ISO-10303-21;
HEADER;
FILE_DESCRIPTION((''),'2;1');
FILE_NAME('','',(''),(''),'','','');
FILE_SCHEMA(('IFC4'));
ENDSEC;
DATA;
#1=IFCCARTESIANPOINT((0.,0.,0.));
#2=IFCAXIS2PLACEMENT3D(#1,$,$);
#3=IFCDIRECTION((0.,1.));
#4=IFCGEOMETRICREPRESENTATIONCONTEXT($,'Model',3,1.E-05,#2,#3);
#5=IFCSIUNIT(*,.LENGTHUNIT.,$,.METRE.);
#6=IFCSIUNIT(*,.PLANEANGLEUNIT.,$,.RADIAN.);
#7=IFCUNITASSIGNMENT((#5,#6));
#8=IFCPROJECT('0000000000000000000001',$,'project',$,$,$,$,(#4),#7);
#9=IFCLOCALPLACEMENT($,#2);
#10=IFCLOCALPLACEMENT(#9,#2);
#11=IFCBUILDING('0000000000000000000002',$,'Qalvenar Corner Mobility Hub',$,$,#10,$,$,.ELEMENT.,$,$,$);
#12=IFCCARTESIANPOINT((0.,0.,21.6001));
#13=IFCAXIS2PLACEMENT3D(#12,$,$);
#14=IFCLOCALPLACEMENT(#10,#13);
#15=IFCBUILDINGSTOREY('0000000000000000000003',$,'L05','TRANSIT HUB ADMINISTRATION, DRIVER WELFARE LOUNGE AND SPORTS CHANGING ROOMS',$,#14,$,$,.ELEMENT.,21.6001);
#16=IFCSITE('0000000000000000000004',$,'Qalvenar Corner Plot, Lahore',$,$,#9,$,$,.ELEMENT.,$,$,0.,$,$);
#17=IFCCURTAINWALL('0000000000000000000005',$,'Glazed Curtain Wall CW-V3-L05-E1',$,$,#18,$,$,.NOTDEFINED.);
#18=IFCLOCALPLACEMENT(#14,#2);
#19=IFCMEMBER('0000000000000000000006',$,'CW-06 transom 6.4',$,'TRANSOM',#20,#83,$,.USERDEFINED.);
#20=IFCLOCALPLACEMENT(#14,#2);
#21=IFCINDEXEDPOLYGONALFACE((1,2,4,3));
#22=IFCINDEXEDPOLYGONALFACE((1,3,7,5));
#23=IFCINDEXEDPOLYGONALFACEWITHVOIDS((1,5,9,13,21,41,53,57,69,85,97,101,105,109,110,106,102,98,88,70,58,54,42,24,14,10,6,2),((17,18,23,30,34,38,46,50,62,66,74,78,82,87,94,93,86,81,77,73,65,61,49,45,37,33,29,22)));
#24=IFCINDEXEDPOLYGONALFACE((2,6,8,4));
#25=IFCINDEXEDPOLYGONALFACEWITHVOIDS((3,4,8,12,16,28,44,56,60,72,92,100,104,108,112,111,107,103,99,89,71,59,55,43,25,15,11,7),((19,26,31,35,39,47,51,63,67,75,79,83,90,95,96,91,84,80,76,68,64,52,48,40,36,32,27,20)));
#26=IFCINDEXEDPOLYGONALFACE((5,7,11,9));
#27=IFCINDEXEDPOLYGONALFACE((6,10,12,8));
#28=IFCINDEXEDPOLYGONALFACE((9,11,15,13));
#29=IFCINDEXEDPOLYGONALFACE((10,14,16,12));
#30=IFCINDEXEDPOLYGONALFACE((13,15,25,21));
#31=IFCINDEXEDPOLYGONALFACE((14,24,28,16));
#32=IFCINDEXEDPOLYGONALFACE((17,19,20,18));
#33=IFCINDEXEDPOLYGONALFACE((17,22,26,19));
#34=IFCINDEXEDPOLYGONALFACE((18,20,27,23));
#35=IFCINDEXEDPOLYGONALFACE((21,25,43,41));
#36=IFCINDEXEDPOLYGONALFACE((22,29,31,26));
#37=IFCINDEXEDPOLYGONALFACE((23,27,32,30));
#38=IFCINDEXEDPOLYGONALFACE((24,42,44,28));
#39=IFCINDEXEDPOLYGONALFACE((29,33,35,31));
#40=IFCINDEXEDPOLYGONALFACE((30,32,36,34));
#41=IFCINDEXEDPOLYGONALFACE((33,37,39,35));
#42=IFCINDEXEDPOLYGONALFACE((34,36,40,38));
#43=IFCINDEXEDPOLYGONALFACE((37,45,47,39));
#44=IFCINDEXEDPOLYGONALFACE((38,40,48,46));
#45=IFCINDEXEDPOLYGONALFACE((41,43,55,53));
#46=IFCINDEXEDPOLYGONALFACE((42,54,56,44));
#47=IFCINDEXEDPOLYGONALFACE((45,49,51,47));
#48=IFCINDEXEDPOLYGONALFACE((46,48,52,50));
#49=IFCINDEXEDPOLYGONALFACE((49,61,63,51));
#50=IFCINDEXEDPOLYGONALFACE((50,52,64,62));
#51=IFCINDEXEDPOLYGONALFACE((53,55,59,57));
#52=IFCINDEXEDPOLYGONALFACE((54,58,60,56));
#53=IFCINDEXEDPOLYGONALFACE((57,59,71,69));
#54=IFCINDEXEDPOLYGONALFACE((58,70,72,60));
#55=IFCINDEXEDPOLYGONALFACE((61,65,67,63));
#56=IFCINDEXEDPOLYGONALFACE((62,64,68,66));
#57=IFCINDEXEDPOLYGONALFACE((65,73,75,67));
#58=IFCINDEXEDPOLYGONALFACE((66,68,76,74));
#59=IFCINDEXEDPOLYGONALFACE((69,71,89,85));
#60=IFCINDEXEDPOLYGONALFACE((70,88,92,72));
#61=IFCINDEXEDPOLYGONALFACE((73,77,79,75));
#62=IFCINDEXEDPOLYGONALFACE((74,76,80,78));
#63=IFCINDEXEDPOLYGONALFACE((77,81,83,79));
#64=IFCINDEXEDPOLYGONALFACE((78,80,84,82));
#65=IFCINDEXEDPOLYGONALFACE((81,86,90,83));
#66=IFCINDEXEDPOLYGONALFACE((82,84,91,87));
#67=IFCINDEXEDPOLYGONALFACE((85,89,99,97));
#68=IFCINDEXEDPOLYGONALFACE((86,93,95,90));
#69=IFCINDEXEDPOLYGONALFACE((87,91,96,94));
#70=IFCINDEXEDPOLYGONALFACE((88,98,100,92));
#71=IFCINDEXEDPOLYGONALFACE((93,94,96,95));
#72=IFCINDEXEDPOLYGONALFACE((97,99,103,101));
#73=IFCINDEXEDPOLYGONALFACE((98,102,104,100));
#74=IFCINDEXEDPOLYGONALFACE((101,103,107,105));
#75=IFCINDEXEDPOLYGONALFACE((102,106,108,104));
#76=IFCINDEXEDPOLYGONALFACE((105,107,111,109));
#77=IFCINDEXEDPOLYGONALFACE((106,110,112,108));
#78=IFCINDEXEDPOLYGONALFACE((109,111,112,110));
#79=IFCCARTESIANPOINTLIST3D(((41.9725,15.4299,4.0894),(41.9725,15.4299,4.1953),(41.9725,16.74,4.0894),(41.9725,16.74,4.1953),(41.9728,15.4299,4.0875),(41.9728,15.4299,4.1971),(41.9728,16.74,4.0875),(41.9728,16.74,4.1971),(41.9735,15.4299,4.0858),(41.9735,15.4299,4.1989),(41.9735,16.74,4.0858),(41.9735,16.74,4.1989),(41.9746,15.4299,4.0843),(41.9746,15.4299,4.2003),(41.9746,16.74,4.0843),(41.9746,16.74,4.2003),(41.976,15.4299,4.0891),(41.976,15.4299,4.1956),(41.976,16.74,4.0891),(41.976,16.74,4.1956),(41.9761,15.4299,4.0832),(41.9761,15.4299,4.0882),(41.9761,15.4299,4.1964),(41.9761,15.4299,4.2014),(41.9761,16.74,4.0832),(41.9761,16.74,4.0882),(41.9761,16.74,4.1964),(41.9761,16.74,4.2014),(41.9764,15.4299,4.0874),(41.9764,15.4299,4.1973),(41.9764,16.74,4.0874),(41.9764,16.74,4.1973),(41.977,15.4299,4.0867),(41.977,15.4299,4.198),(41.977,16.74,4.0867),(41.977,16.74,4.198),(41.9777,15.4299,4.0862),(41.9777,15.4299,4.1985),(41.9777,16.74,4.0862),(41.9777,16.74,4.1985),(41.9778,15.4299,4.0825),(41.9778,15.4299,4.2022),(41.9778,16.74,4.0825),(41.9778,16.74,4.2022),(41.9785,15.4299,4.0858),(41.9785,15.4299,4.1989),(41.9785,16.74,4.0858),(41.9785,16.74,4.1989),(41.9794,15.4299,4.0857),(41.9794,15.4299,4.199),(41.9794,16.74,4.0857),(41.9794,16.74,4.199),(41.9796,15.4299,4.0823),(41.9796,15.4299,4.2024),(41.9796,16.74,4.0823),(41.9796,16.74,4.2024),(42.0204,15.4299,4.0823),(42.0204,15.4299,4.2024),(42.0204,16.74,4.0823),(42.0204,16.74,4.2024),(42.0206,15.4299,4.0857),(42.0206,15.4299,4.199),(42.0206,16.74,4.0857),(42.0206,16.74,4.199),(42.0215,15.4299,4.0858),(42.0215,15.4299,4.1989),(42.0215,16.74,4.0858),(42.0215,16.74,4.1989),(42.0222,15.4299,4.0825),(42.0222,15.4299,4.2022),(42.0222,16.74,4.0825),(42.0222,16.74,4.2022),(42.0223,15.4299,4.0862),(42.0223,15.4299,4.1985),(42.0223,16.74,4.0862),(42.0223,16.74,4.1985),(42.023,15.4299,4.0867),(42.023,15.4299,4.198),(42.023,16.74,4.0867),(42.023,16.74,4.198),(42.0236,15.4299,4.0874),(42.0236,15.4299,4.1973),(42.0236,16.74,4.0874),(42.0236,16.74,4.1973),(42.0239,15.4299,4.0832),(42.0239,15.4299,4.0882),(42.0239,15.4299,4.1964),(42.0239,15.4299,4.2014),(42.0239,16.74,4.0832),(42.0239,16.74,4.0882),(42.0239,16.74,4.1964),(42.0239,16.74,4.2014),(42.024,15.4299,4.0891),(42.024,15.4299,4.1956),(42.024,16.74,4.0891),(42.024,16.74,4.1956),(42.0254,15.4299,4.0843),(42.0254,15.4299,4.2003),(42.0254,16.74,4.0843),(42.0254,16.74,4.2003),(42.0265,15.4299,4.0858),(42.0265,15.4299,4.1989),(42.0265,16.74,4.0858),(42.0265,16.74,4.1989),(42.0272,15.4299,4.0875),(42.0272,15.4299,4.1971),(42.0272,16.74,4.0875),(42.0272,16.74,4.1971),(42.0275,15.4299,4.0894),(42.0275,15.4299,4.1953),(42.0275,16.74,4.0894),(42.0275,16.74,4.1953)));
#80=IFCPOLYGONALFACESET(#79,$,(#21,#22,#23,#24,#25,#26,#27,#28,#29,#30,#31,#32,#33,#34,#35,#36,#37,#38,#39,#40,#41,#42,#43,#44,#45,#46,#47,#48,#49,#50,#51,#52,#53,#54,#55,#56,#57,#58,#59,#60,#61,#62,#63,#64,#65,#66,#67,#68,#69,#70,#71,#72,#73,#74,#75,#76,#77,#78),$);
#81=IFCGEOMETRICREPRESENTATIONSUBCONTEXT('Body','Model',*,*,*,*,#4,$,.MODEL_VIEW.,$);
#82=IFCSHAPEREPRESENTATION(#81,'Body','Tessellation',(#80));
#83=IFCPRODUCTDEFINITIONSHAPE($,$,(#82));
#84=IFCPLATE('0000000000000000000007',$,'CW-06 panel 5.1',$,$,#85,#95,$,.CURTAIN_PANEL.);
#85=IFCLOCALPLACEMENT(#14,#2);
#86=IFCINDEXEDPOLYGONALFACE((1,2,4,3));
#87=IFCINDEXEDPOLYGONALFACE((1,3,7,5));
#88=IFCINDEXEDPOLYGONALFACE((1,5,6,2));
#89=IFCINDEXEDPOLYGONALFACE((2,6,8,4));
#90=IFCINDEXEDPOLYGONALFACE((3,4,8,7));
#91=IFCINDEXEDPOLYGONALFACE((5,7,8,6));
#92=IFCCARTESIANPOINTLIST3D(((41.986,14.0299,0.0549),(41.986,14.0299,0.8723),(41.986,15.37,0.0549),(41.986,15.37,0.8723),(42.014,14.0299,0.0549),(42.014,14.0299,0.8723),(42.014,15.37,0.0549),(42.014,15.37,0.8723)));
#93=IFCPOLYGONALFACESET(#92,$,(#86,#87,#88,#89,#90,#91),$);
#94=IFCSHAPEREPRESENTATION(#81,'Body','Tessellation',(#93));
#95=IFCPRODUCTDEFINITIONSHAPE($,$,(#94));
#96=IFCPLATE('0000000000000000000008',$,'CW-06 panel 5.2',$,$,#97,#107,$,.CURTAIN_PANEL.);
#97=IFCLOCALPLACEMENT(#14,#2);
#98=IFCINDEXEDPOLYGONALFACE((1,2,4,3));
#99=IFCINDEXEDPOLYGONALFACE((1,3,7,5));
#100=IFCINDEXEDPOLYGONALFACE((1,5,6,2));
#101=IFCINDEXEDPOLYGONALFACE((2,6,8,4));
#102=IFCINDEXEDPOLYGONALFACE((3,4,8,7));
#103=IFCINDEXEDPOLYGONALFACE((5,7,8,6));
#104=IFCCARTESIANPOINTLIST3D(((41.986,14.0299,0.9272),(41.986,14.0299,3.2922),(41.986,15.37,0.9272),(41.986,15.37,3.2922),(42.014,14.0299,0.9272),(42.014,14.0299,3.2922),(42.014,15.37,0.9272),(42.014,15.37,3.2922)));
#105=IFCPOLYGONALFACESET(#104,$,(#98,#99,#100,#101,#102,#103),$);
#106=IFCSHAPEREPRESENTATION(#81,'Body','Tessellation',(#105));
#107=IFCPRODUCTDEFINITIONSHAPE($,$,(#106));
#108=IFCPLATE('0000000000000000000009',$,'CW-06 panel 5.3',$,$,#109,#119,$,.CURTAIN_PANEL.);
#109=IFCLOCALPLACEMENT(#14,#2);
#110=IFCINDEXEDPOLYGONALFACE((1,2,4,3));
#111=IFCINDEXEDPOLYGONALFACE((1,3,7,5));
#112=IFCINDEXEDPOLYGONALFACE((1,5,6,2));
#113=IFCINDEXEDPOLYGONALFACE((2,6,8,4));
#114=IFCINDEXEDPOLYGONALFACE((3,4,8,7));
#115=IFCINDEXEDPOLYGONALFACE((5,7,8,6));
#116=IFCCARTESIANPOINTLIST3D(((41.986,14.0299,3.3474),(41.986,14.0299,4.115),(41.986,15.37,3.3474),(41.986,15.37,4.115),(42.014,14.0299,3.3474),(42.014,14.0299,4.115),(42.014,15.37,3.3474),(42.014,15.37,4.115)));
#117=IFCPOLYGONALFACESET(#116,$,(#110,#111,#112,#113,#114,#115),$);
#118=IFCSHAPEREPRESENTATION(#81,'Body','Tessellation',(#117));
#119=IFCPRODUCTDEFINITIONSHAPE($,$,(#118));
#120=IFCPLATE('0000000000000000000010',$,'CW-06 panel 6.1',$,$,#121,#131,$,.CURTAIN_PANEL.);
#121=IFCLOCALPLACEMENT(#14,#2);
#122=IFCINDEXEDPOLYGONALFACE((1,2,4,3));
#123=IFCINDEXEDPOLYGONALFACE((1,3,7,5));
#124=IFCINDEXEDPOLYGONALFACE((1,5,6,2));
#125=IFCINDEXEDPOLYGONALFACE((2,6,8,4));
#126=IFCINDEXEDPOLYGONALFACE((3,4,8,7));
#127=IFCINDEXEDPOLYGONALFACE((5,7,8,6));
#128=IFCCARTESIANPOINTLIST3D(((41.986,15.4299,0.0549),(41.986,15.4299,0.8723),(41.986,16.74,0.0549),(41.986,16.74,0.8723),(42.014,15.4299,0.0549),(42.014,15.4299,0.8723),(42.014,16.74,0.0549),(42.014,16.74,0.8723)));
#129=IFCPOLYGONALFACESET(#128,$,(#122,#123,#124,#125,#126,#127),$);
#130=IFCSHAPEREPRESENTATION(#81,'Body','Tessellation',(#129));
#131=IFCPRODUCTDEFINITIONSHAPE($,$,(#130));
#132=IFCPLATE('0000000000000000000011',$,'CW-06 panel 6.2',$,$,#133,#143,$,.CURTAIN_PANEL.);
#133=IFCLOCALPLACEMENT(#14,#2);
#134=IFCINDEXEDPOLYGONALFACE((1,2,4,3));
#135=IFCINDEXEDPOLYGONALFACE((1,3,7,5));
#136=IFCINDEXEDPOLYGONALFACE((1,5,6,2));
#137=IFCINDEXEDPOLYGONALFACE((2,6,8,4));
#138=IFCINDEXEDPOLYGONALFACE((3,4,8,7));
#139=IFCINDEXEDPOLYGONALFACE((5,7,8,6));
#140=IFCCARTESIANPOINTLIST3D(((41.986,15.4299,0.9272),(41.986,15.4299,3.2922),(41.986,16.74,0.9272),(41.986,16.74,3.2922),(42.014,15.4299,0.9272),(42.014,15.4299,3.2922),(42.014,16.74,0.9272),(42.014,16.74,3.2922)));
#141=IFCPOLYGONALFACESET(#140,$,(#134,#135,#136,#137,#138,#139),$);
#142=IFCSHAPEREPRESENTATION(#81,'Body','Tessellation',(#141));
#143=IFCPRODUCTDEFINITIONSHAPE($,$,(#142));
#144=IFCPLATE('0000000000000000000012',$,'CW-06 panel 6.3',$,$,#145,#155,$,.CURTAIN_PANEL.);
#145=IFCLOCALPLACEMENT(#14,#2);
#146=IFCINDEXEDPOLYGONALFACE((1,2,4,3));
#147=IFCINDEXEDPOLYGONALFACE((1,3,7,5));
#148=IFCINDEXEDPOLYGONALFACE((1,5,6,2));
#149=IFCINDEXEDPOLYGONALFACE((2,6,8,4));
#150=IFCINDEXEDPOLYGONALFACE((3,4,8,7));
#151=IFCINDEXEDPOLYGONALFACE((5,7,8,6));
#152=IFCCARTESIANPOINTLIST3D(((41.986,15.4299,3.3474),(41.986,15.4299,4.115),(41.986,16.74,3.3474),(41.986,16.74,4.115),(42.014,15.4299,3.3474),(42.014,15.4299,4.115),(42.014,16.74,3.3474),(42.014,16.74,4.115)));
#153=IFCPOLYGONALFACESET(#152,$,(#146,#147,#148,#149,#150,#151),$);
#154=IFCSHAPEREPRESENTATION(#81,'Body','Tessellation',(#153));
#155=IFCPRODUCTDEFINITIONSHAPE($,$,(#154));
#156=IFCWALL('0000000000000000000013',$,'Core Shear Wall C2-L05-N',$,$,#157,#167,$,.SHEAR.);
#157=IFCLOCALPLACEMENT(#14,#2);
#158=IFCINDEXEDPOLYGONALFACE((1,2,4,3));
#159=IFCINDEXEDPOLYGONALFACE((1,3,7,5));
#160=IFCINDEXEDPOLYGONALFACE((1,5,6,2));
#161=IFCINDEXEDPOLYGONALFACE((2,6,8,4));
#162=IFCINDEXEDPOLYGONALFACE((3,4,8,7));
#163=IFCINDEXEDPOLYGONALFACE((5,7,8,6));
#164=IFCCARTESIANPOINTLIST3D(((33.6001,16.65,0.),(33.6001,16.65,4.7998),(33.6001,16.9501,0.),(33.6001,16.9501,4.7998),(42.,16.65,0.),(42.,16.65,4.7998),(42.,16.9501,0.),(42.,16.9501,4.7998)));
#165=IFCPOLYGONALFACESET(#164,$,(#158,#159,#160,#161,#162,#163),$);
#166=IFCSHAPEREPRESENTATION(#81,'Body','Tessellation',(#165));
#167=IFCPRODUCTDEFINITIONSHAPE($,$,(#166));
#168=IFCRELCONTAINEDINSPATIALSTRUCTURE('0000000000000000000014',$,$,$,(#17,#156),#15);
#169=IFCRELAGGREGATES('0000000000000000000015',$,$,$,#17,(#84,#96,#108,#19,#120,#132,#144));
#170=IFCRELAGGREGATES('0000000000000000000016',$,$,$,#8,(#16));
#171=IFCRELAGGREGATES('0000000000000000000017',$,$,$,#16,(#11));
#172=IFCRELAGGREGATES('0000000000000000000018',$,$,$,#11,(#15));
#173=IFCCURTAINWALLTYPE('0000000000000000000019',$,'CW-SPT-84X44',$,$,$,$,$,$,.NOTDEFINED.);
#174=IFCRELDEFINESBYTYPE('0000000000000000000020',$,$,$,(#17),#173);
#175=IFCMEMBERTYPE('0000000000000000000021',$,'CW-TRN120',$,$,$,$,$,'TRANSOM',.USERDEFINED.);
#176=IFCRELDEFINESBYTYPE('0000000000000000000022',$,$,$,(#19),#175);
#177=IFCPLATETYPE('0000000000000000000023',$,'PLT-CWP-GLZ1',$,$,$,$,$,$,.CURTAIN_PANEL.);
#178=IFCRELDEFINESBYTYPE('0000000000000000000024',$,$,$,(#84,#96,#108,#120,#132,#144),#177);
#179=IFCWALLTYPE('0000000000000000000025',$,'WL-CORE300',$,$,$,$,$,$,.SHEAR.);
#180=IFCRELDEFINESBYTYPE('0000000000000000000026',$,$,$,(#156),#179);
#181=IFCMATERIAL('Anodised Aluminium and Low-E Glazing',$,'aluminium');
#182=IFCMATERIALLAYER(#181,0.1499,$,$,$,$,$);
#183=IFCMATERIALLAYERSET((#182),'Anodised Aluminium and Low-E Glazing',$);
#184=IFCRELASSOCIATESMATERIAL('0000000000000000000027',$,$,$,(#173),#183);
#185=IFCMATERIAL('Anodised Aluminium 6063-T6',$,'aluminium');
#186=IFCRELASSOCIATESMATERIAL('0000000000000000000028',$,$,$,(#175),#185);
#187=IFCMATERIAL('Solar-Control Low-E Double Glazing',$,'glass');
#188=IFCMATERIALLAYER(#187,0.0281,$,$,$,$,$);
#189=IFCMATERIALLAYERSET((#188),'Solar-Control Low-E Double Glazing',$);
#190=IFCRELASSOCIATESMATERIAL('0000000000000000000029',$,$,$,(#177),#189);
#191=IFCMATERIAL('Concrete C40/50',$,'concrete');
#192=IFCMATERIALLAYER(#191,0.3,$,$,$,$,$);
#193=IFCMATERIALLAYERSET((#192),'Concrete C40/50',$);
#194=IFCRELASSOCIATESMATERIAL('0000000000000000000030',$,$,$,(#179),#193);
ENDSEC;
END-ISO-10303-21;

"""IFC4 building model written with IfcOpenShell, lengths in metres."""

from ifc_helpers import new_model, si_unit, direction, frame, frame_2d, origin, origin_2d, place, context, subcontext, project, spatial, rectangle, hollow_rectangle, extrude, material, layer, layer_set, material_profile, profile_set, type_object, element, aggregate, save


model = new_model("IFC4")

# Units and contexts
model_context = context("Model", 3, precision=1e-05, world=origin(), true_north=direction((0.0, 1.0)))
body_context = subcontext(model_context, "Body", "Model", "MODEL_VIEW")
ifc_project = project(units=[si_unit("LENGTHUNIT", "METRE"), si_unit("PLANEANGLEUNIT", "RADIAN")], contexts=[model_context])

# Site, building, storey
site_placement = place(None, origin())
site = spatial("IfcSite", under=ifc_project, at=site_placement, Name="Qalvenar Corner Plot, Lahore", CompositionType="ELEMENT", RefElevation=0.0)
building_placement = place(site_placement, origin())
building = spatial("IfcBuilding", under=site, at=building_placement, Name="Qalvenar Corner Mobility Hub", CompositionType="ELEMENT")
storey_placement = place(building_placement, frame((0.0, 0.0, 21.6001)))
storey = spatial("IfcBuildingStorey", under=building, at=storey_placement, Name="L05", Description="TRANSIT HUB ADMINISTRATION, DRIVER WELFARE LOUNGE AND SPORTS CHANGING ROOMS", CompositionType="ELEMENT", Elevation=21.6001)

# Curtain wall, member, plates
ifc_material_1 = material(Name="Anodised Aluminium and Low-E Glazing", Category="aluminium")
ifc_layer_1 = layer(ifc_material_1, 0.1499)
ifc_layer_set_1 = layer_set([ifc_layer_1], Name="Anodised Aluminium and Low-E Glazing")
curtain_wall_type = type_object("IfcCurtainWallType", Name="CW-SPT-84X44", PredefinedType="NOTDEFINED", material=ifc_layer_set_1)
curtain_wall_placement = place(storey_placement, origin())
curtain_wall = element("IfcCurtainWall", 1, at=curtain_wall_placement, inside=storey, type_object=curtain_wall_type, Name="Glazed Curtain Wall CW-V3-L05-E1", PredefinedType="NOTDEFINED")
ifc_material_2 = material(Name="Anodised Aluminium 6063-T6", Category="aluminium")
ifc_material_profile_1 = material_profile(ifc_material_2, hollow_rectangle(XDim=0.0549, YDim=0.1201, WallThickness=0.0034, InnerFilletRadius=0.0034, OuterFilletRadius=0.0071, at=origin_2d()), Name="RHS120x55x3.5")
ifc_profile_set_1 = profile_set([ifc_material_profile_1], Name="Anodised Aluminium 6063-T6")
member_type_1 = type_object("IfcMemberType", Name="CW-TRN120", ElementType="TRANSOM", PredefinedType="USERDEFINED", material=ifc_profile_set_1)
member_1_placement = place(storey_placement, frame((42.0, 15.4299, 4.1423), z_axis=(0.0, 1.0, 0.0), x_axis=(-1.0, 0.0, 0.0)))
member_1 = element("IfcMember", 2, at=member_1_placement, type_object=member_type_1, Name="CW-06 transom 6.4", ObjectType="TRANSOM", PredefinedType="USERDEFINED", context=body_context, shape_type="SweptSolid", body=[
    extrude(hollow_rectangle(XDim=0.0549, YDim=0.1201, WallThickness=0.0034, InnerFilletRadius=0.0034, OuterFilletRadius=0.0071, at=origin_2d()), origin(), (0.0, 0.0, 1.0), 1.3101),
])
ifc_material_3 = material(Name="Solar-Control Low-E Double Glazing", Category="glass")
ifc_layer_2 = layer(ifc_material_3, 0.0281)
ifc_layer_set_2 = layer_set([ifc_layer_2], Name="Solar-Control Low-E Double Glazing")
plate_type = type_object("IfcPlateType", Name="PLT-CWP-GLZ1", PredefinedType="CURTAIN_PANEL", material=ifc_layer_set_2)
plate_1_placement = place(storey_placement, frame((42.0, 14.7, 0.0549), z_axis=(0.0, 0.0, 1.0), x_axis=(0.0, 1.0, 0.0)))
plate_1 = element("IfcPlate", 3, at=plate_1_placement, type_object=plate_type, Name="CW-06 panel 5.1", PredefinedType="CURTAIN_PANEL", context=body_context, shape_type="SweptSolid", body=[
    extrude(rectangle(XDim=1.3401, YDim=0.0281, at=origin_2d()), origin(), (0.0, 0.0, 1.0), 0.8174),
])
plate_2_placement = place(storey_placement, frame((42.0, 14.7, 0.9272), z_axis=(0.0, 0.0, 1.0), x_axis=(0.0, 1.0, 0.0)))
plate_2 = element("IfcPlate", 4, at=plate_2_placement, type_object=plate_type, Name="CW-06 panel 5.2", PredefinedType="CURTAIN_PANEL", context=body_context, shape_type="SweptSolid", body=[
    extrude(rectangle(XDim=1.3401, YDim=0.0281, at=origin_2d()), origin(), (0.0, 0.0, 1.0), 2.365),
])
plate_3_placement = place(storey_placement, frame((42.0, 14.7, 3.3474), z_axis=(0.0, 0.0, 1.0), x_axis=(0.0, 1.0, 0.0)))
plate_3 = element("IfcPlate", 5, at=plate_3_placement, type_object=plate_type, Name="CW-06 panel 5.3", PredefinedType="CURTAIN_PANEL", context=body_context, shape_type="SweptSolid", body=[
    extrude(rectangle(XDim=1.3401, YDim=0.0281, at=origin_2d()), origin(), (0.0, 0.0, 1.0), 0.7676),
])
plate_4_placement = place(storey_placement, frame((42.0, 16.085, 0.0549), z_axis=(0.0, 0.0, 1.0), x_axis=(0.0, 1.0, 0.0)))
plate_4 = element("IfcPlate", 6, at=plate_4_placement, type_object=plate_type, Name="CW-06 panel 6.1", PredefinedType="CURTAIN_PANEL", context=body_context, shape_type="SweptSolid", body=[
    extrude(rectangle(XDim=1.3101, YDim=0.0281, at=origin_2d()), origin(), (0.0, 0.0, 1.0), 0.8174),
])
plate_5_placement = place(storey_placement, frame((42.0, 16.085, 0.9272), z_axis=(0.0, 0.0, 1.0), x_axis=(0.0, 1.0, 0.0)))
plate_5 = element("IfcPlate", 7, at=plate_5_placement, type_object=plate_type, Name="CW-06 panel 6.2", PredefinedType="CURTAIN_PANEL", context=body_context, shape_type="SweptSolid", body=[
    extrude(rectangle(XDim=1.3101, YDim=0.0281, at=origin_2d()), origin(), (0.0, 0.0, 1.0), 2.365),
])
plate_6_placement = place(storey_placement, frame((42.0, 16.085, 3.3474), z_axis=(0.0, 0.0, 1.0), x_axis=(0.0, 1.0, 0.0)))
plate_6 = element("IfcPlate", 8, at=plate_6_placement, type_object=plate_type, Name="CW-06 panel 6.3", PredefinedType="CURTAIN_PANEL", context=body_context, shape_type="SweptSolid", body=[
    extrude(rectangle(XDim=1.3101, YDim=0.0281, at=origin_2d()), origin(), (0.0, 0.0, 1.0), 0.7676),
])
aggregate(curtain_wall, [plate_1, plate_2, plate_3, member_1, plate_4, plate_5, plate_6])

# Wall
ifc_material_4 = material(Name="Concrete C40/50", Category="concrete")
ifc_layer_3 = layer(ifc_material_4, 0.3)
ifc_layer_set_3 = layer_set([ifc_layer_3], Name="Concrete C40/50")
wall_type_1 = type_object("IfcWallType", Name="WL-CORE300", PredefinedType="SHEAR", material=ifc_layer_set_3)
wall_1_placement = place(storey_placement, frame((42.0, 16.8, 0.0), z_axis=(0.0, 0.0, 1.0), x_axis=(-1.0, 0.0, 0.0)))
element("IfcWall", 9, at=wall_1_placement, inside=storey, type_object=wall_type_1, Name="Core Shear Wall C2-L05-N", PredefinedType="SHEAR", context=body_context, shape_type="SweptSolid", body=[
    extrude(rectangle(XDim=8.3999, YDim=0.3, at=frame_2d((4.2, 0.0))), origin(), (0.0, 0.0, 1.0), 4.7998),
])

save(model, "model.ifc")
